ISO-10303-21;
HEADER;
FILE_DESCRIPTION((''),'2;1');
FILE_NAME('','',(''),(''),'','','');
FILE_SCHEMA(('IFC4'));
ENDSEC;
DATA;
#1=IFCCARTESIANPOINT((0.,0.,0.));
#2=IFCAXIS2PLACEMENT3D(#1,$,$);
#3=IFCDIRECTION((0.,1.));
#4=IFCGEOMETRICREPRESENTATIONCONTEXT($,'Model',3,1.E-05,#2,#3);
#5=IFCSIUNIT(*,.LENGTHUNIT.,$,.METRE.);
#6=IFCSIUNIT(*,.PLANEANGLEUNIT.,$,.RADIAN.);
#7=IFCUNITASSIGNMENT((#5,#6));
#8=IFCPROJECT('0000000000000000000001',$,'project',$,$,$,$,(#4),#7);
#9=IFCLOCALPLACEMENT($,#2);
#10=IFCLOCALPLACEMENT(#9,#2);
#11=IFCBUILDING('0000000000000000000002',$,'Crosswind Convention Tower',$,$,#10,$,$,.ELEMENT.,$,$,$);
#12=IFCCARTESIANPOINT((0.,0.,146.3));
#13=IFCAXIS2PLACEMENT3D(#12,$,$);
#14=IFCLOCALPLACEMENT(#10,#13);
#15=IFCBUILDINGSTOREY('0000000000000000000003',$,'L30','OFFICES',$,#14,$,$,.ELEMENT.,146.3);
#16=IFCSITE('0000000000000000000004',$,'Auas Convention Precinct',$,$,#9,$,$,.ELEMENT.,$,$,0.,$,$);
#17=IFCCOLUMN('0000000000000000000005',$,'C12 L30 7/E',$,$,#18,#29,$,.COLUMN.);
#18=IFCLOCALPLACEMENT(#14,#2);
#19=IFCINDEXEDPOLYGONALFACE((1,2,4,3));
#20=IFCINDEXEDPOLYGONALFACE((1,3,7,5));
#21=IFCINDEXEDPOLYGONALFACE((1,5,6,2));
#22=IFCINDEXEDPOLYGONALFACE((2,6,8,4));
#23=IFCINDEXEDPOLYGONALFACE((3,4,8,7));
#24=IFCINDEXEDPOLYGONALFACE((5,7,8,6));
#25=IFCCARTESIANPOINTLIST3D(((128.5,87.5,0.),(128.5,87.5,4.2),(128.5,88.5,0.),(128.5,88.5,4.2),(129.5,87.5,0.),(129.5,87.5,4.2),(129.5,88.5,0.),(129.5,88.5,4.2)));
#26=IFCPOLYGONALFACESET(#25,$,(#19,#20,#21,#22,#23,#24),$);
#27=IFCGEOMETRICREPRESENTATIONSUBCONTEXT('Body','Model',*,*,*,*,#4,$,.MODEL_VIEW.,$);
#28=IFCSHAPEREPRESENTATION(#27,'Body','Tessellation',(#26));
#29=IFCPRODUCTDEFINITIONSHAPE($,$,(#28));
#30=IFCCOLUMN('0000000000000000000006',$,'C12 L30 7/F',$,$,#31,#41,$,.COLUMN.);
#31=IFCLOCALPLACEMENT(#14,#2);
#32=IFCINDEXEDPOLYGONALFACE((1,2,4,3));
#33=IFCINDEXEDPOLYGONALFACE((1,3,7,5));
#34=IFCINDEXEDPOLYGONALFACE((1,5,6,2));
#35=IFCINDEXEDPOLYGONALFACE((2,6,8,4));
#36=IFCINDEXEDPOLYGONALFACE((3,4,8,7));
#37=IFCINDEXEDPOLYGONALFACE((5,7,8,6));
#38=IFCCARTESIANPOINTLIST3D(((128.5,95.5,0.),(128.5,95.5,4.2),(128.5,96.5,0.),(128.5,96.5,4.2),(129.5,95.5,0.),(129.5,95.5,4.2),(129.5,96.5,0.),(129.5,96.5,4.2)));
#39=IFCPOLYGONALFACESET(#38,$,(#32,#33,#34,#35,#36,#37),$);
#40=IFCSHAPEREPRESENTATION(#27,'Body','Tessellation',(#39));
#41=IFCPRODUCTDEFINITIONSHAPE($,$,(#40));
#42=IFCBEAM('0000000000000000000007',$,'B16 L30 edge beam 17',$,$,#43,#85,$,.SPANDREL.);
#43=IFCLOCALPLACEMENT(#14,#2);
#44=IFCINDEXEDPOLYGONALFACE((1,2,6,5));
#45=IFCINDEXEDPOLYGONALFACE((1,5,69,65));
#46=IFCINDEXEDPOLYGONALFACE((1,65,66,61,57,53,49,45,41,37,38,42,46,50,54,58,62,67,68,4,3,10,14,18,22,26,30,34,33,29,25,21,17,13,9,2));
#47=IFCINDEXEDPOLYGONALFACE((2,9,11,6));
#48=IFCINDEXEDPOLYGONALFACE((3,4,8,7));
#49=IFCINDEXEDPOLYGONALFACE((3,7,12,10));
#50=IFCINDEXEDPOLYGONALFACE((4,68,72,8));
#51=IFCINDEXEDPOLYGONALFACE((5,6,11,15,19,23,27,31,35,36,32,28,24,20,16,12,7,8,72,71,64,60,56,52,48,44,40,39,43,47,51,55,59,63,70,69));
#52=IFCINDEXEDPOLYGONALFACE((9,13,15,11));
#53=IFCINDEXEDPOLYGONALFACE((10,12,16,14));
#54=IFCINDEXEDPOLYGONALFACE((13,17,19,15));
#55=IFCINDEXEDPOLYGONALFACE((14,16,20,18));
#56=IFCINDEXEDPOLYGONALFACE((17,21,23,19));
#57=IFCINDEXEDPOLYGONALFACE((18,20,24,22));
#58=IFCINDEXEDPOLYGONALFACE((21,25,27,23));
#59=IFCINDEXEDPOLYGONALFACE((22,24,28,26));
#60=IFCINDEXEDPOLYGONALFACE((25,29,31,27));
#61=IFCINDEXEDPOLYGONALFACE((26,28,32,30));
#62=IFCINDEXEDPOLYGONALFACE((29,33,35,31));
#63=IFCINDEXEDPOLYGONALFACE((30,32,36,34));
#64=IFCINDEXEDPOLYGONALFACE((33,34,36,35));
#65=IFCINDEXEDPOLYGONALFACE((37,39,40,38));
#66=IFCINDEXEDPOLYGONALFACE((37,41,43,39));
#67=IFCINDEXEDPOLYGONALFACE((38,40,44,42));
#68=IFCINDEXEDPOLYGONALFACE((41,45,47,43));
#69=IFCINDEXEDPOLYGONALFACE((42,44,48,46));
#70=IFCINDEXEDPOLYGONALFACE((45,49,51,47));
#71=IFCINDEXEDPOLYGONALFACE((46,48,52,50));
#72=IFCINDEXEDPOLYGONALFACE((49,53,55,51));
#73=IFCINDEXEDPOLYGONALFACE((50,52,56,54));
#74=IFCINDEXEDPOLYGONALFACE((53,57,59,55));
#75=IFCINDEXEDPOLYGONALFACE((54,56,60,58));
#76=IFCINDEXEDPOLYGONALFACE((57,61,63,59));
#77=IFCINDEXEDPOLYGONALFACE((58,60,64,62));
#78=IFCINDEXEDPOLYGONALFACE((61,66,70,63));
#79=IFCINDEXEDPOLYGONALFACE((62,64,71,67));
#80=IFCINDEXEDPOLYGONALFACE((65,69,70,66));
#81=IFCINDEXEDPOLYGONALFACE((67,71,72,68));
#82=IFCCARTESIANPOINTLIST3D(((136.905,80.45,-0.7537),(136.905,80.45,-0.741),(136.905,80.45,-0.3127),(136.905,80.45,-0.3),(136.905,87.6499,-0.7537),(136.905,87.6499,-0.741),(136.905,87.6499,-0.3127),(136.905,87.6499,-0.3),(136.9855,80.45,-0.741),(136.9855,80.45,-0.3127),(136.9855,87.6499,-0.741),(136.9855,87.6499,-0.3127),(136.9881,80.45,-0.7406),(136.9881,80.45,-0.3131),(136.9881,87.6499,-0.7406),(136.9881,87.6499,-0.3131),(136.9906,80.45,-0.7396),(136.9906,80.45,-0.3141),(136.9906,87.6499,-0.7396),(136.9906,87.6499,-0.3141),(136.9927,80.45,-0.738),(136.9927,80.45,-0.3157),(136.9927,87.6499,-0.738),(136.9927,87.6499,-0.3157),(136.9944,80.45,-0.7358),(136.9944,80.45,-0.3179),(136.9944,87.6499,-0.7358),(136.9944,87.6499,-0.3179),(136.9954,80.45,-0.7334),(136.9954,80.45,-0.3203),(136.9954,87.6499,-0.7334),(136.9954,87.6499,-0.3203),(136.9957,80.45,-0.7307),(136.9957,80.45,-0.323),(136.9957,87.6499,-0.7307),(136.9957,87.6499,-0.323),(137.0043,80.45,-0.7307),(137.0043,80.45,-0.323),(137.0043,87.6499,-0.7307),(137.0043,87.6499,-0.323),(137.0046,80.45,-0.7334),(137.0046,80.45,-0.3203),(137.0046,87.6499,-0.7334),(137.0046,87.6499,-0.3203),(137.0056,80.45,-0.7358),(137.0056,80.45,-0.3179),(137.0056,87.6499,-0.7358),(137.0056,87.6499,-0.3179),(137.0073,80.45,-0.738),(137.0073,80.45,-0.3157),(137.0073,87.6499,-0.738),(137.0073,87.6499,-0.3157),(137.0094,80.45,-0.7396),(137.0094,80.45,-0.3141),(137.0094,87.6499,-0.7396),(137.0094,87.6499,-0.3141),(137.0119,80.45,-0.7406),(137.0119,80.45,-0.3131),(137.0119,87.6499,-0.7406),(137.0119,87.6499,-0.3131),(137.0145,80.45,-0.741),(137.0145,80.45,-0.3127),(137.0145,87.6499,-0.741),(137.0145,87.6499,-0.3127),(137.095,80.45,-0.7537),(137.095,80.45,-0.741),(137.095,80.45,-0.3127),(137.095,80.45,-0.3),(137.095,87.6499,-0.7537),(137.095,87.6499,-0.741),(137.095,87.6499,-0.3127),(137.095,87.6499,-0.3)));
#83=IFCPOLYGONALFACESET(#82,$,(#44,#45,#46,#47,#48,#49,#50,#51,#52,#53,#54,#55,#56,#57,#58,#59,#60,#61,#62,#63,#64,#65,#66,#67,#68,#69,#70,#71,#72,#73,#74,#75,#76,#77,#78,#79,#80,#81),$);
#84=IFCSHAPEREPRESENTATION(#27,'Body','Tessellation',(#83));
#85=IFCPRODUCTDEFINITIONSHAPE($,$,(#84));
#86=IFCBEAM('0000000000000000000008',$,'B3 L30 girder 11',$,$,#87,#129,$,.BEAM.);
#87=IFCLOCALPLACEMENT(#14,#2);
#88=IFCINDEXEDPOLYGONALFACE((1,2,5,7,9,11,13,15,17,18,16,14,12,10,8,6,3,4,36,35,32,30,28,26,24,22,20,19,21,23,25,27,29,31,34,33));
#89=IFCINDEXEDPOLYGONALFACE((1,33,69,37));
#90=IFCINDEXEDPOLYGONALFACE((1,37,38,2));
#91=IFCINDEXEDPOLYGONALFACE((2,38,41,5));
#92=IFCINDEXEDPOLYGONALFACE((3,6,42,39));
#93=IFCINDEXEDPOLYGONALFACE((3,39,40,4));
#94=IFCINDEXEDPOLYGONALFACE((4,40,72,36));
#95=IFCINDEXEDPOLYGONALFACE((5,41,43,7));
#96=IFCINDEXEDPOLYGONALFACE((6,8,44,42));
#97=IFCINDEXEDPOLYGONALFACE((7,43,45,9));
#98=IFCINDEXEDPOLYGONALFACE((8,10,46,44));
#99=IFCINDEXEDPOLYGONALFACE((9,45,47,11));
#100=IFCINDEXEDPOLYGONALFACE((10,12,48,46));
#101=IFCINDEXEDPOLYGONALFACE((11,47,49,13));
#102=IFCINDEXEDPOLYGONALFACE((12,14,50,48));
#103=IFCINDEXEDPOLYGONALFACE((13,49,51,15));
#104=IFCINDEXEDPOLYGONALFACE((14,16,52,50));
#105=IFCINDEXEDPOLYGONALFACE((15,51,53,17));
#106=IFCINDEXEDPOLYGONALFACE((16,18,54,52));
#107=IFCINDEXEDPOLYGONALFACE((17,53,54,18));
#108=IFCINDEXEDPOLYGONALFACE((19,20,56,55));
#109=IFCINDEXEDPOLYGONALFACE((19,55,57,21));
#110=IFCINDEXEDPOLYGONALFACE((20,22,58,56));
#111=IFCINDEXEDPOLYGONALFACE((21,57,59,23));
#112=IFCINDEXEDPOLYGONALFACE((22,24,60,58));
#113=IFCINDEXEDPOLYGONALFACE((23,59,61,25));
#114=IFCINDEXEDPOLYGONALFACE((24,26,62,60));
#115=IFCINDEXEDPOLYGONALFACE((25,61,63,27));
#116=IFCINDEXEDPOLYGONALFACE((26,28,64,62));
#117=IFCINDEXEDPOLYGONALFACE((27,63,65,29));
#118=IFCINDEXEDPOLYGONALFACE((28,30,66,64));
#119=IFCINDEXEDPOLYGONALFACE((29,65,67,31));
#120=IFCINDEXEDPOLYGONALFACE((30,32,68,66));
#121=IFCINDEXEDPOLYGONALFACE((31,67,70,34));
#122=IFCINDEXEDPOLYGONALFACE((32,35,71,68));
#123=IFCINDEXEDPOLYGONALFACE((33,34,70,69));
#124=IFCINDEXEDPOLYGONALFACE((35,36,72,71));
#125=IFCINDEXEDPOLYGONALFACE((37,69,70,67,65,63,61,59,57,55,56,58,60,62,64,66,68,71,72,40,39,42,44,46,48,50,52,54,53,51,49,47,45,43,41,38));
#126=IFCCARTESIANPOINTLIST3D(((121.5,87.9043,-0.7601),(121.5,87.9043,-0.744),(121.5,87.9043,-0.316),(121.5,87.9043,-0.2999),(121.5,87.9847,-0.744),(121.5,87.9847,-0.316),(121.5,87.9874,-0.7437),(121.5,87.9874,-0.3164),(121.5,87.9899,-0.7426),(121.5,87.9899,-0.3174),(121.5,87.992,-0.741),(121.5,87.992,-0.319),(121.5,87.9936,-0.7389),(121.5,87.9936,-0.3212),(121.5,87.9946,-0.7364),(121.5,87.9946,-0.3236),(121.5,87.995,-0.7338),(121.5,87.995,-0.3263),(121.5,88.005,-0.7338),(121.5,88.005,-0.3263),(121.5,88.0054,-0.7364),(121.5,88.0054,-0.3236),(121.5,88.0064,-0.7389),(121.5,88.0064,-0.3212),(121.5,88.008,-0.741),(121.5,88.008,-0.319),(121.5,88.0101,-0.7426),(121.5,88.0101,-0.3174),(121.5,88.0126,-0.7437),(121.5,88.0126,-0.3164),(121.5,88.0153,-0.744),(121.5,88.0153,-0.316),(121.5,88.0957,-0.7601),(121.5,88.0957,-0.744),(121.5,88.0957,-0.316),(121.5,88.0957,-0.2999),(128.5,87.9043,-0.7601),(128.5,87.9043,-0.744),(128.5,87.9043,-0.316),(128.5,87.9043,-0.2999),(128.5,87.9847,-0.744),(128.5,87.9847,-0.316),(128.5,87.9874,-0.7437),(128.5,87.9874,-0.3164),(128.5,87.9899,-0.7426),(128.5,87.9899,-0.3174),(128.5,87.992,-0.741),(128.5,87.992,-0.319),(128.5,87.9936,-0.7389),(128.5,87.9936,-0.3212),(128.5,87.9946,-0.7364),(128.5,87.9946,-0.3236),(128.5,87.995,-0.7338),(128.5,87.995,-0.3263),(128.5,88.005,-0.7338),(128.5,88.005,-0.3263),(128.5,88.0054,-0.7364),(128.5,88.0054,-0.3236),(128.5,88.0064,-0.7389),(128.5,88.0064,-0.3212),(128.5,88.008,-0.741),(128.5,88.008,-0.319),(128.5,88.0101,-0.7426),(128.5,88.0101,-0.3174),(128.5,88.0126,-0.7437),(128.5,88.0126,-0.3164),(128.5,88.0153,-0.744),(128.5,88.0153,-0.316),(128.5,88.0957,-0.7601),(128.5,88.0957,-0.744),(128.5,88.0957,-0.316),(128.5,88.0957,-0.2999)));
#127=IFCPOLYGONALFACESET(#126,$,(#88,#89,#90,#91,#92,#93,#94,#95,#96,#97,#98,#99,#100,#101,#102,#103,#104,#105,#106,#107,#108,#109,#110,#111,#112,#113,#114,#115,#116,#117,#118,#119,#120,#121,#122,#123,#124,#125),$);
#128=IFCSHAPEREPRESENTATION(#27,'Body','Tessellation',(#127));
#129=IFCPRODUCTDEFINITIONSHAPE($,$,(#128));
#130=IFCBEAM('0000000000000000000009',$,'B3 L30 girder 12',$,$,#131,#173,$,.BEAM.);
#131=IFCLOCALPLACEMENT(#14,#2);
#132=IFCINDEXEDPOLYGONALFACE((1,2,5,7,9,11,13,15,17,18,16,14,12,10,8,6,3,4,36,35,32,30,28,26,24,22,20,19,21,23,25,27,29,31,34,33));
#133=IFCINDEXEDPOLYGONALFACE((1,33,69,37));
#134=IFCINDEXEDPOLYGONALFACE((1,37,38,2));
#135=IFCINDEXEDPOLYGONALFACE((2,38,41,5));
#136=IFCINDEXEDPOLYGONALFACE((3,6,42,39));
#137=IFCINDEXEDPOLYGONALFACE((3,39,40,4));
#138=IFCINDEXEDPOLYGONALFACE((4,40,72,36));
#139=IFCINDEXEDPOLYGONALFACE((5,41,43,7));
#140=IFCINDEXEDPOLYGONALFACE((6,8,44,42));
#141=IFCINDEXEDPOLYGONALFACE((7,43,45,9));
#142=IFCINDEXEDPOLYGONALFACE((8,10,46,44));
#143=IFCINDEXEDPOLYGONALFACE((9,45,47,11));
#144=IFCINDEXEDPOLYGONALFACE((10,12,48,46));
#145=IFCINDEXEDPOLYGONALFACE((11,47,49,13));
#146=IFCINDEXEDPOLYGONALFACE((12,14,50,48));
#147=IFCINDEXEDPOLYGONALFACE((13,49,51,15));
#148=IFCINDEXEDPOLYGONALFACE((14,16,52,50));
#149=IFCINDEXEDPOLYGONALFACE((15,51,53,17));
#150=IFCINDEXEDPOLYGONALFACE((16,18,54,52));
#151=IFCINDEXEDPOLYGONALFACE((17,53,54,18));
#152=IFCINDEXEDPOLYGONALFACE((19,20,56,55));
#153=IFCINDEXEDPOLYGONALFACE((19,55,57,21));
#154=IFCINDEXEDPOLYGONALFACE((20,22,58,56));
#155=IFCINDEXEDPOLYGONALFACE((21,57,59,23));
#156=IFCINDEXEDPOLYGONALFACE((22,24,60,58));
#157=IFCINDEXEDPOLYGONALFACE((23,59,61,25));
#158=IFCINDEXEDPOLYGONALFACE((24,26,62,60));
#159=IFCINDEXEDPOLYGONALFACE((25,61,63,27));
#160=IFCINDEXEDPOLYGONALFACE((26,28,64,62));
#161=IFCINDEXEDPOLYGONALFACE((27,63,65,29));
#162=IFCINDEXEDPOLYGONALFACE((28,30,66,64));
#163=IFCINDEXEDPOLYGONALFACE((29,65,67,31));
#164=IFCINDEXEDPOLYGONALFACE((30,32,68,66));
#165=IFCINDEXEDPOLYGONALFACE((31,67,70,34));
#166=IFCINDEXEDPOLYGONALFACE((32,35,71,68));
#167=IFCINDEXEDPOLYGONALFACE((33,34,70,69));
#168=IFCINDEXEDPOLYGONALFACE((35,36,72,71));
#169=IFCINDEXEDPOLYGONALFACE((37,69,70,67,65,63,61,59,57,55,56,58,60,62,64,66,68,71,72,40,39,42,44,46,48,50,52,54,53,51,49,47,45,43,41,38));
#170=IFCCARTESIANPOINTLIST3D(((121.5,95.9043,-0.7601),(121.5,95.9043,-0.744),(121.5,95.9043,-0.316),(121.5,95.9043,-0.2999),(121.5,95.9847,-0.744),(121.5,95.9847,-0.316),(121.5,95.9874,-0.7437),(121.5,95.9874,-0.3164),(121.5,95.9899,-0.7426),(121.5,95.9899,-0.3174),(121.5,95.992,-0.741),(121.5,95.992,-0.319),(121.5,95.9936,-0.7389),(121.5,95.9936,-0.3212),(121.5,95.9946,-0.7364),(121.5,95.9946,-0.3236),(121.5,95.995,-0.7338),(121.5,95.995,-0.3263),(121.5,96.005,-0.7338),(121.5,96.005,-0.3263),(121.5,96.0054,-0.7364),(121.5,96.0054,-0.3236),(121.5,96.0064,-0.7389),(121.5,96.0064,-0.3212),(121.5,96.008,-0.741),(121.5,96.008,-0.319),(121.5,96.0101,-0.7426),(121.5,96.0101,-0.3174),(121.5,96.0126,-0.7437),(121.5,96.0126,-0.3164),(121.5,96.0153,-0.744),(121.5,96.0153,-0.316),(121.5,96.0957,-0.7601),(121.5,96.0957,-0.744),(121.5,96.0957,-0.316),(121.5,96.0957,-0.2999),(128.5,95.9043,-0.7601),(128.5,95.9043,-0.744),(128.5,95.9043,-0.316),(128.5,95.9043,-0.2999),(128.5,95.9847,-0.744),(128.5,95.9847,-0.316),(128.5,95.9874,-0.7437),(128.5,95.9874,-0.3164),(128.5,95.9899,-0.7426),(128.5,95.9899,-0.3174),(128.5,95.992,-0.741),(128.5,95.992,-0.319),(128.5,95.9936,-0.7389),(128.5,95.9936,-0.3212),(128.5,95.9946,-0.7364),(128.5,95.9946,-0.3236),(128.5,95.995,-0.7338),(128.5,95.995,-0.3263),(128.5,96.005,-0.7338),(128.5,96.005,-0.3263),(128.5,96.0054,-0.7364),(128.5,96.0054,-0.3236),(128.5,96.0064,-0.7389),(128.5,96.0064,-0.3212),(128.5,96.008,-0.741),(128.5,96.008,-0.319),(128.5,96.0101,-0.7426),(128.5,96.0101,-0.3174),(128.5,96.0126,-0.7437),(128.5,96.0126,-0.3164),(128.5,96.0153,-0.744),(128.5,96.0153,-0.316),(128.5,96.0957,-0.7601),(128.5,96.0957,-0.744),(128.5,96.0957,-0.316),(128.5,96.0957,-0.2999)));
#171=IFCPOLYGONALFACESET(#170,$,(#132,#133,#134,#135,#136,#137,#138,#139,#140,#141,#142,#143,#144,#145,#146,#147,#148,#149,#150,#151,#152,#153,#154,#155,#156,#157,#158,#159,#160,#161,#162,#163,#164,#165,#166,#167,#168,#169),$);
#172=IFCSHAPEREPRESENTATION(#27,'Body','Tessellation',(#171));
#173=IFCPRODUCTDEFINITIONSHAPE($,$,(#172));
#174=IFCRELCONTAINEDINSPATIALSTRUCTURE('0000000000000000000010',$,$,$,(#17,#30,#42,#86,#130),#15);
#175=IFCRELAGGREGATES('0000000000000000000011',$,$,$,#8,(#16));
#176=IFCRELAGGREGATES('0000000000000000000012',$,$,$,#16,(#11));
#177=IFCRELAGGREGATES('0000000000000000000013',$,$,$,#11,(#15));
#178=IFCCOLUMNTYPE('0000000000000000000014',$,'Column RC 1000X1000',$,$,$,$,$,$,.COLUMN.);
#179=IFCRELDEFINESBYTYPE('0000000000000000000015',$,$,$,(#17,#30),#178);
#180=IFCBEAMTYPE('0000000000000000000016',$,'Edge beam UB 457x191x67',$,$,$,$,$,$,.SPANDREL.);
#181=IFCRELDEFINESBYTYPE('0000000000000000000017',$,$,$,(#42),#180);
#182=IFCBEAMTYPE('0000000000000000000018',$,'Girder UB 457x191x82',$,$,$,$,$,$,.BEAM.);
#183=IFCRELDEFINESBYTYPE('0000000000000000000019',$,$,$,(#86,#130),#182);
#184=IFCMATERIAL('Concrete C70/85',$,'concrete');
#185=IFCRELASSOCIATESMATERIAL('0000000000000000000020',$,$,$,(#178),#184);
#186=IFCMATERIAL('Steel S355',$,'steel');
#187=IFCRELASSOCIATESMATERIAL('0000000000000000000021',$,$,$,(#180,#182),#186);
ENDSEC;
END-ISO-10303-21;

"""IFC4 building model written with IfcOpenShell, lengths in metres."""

from ifc_helpers import new_model, si_unit, direction, frame, origin, origin_2d, place, context, subcontext, project, spatial, rectangle, i_section, extrude, material, material_profile, profile_set, type_object, element, save


model = new_model("IFC4")

# Units and contexts
model_context = context("Model", 3, precision=1e-05, world=origin(), true_north=direction((0.0, 1.0)))
body_context = subcontext(model_context, "Body", "Model", "MODEL_VIEW")
ifc_project = project(units=[si_unit("LENGTHUNIT", "METRE"), si_unit("PLANEANGLEUNIT", "RADIAN")], contexts=[model_context])

# Site, building, storey
site_placement = place(None, origin())
site = spatial("IfcSite", under=ifc_project, at=site_placement, Name="Auas Convention Precinct", CompositionType="ELEMENT", RefElevation=0.0)
building_placement = place(site_placement, origin())
building = spatial("IfcBuilding", under=site, at=building_placement, Name="Crosswind Convention Tower", CompositionType="ELEMENT")
storey_placement = place(building_placement, frame((0.0, 0.0, 146.3)))
storey = spatial("IfcBuildingStorey", under=building, at=storey_placement, Name="L30", Description="OFFICES", CompositionType="ELEMENT", Elevation=146.3)

# Columns
ifc_material_1 = material(Name="Concrete C70/85", Category="concrete")
ifc_material_profile_1 = material_profile(ifc_material_1, rectangle(XDim=1.0, YDim=1.0, at=origin_2d()), Name="RC 1000X1000")
ifc_profile_set_1 = profile_set([ifc_material_profile_1], Name="Concrete C70/85")
column_type = type_object("IfcColumnType", Name="Column RC 1000X1000", PredefinedType="COLUMN", material=ifc_profile_set_1)
for number, where, z_axis, x_axis, name in (
    (1, (129.0, 88.0, 0.0), (0.0, 0.0, 1.0), (1.0, 0.0, 0.0), "C12 L30 7/E"),
    (2, (129.0, 96.0, 0.0), (0.0, 0.0, 1.0), (1.0, 0.0, 0.0), "C12 L30 7/F"),
):
    element("IfcColumn", number, at=place(storey_placement, frame(where, z_axis=z_axis, x_axis=x_axis)), inside=storey, type_object=column_type, Name=name, PredefinedType="COLUMN", context=body_context, shape_type="SweptSolid", body=[
        extrude(rectangle(XDim=1.0, YDim=1.0, at=origin_2d()), origin(), (0.0, 0.0, 1.0), 4.2),
    ])

# Beams
ifc_material_2 = material(Name="Steel S355", Category="steel")
ifc_material_profile_2 = material_profile(ifc_material_2, i_section(OverallWidth=0.1899, OverallDepth=0.4536, WebThickness=0.0085, FlangeThickness=0.0127, FilletRadius=0.0103, at=origin_2d()), Name="UB 457x191x67")
ifc_profile_set_2 = profile_set([ifc_material_profile_2], Name="Steel S355")
beam_type_1 = type_object("IfcBeamType", Name="Edge beam UB 457x191x67", PredefinedType="SPANDREL", material=ifc_profile_set_2)
beam_1_placement = place(storey_placement, frame((137.0, 80.45, -0.5269), z_axis=(0.0, 1.0, 0.0), x_axis=(-1.0, 0.0, 0.0)))
element("IfcBeam", 3, at=beam_1_placement, inside=storey, type_object=beam_type_1, Name="B16 L30 edge beam 17", PredefinedType="SPANDREL", context=body_context, shape_type="SweptSolid", body=[
    extrude(i_section(OverallWidth=0.1899, OverallDepth=0.4536, WebThickness=0.0085, FlangeThickness=0.0127, FilletRadius=0.0103, at=origin_2d()), origin(), (0.0, 0.0, 1.0), 7.2),
])
ifc_material_profile_3 = material_profile(ifc_material_2, i_section(OverallWidth=0.1914, OverallDepth=0.4602, WebThickness=0.01, FlangeThickness=0.0161, FilletRadius=0.0103, at=origin_2d()), Name="UB 457x191x82")
ifc_profile_set_3 = profile_set([ifc_material_profile_3], Name="Steel S355")
beam_type_2 = type_object("IfcBeamType", Name="Girder UB 457x191x82", PredefinedType="BEAM", material=ifc_profile_set_3)
for number, where, z_axis, x_axis, name in (
    (4, (121.5, 88.0, -0.53), (1.0, 0.0, 0.0), (0.0, 1.0, 0.0), "B3 L30 girder 11"),
    (5, (121.5, 96.0, -0.53), (1.0, 0.0, 0.0), (0.0, 1.0, 0.0), "B3 L30 girder 12"),
):
    element("IfcBeam", number, at=place(storey_placement, frame(where, z_axis=z_axis, x_axis=x_axis)), inside=storey, type_object=beam_type_2, Name=name, PredefinedType="BEAM", context=body_context, shape_type="SweptSolid", body=[
        extrude(i_section(OverallWidth=0.1914, OverallDepth=0.4602, WebThickness=0.01, FlangeThickness=0.0161, FilletRadius=0.0103, at=origin_2d()), origin(), (0.0, 0.0, 1.0), 7.0),
    ])

save(model, "model.ifc")
